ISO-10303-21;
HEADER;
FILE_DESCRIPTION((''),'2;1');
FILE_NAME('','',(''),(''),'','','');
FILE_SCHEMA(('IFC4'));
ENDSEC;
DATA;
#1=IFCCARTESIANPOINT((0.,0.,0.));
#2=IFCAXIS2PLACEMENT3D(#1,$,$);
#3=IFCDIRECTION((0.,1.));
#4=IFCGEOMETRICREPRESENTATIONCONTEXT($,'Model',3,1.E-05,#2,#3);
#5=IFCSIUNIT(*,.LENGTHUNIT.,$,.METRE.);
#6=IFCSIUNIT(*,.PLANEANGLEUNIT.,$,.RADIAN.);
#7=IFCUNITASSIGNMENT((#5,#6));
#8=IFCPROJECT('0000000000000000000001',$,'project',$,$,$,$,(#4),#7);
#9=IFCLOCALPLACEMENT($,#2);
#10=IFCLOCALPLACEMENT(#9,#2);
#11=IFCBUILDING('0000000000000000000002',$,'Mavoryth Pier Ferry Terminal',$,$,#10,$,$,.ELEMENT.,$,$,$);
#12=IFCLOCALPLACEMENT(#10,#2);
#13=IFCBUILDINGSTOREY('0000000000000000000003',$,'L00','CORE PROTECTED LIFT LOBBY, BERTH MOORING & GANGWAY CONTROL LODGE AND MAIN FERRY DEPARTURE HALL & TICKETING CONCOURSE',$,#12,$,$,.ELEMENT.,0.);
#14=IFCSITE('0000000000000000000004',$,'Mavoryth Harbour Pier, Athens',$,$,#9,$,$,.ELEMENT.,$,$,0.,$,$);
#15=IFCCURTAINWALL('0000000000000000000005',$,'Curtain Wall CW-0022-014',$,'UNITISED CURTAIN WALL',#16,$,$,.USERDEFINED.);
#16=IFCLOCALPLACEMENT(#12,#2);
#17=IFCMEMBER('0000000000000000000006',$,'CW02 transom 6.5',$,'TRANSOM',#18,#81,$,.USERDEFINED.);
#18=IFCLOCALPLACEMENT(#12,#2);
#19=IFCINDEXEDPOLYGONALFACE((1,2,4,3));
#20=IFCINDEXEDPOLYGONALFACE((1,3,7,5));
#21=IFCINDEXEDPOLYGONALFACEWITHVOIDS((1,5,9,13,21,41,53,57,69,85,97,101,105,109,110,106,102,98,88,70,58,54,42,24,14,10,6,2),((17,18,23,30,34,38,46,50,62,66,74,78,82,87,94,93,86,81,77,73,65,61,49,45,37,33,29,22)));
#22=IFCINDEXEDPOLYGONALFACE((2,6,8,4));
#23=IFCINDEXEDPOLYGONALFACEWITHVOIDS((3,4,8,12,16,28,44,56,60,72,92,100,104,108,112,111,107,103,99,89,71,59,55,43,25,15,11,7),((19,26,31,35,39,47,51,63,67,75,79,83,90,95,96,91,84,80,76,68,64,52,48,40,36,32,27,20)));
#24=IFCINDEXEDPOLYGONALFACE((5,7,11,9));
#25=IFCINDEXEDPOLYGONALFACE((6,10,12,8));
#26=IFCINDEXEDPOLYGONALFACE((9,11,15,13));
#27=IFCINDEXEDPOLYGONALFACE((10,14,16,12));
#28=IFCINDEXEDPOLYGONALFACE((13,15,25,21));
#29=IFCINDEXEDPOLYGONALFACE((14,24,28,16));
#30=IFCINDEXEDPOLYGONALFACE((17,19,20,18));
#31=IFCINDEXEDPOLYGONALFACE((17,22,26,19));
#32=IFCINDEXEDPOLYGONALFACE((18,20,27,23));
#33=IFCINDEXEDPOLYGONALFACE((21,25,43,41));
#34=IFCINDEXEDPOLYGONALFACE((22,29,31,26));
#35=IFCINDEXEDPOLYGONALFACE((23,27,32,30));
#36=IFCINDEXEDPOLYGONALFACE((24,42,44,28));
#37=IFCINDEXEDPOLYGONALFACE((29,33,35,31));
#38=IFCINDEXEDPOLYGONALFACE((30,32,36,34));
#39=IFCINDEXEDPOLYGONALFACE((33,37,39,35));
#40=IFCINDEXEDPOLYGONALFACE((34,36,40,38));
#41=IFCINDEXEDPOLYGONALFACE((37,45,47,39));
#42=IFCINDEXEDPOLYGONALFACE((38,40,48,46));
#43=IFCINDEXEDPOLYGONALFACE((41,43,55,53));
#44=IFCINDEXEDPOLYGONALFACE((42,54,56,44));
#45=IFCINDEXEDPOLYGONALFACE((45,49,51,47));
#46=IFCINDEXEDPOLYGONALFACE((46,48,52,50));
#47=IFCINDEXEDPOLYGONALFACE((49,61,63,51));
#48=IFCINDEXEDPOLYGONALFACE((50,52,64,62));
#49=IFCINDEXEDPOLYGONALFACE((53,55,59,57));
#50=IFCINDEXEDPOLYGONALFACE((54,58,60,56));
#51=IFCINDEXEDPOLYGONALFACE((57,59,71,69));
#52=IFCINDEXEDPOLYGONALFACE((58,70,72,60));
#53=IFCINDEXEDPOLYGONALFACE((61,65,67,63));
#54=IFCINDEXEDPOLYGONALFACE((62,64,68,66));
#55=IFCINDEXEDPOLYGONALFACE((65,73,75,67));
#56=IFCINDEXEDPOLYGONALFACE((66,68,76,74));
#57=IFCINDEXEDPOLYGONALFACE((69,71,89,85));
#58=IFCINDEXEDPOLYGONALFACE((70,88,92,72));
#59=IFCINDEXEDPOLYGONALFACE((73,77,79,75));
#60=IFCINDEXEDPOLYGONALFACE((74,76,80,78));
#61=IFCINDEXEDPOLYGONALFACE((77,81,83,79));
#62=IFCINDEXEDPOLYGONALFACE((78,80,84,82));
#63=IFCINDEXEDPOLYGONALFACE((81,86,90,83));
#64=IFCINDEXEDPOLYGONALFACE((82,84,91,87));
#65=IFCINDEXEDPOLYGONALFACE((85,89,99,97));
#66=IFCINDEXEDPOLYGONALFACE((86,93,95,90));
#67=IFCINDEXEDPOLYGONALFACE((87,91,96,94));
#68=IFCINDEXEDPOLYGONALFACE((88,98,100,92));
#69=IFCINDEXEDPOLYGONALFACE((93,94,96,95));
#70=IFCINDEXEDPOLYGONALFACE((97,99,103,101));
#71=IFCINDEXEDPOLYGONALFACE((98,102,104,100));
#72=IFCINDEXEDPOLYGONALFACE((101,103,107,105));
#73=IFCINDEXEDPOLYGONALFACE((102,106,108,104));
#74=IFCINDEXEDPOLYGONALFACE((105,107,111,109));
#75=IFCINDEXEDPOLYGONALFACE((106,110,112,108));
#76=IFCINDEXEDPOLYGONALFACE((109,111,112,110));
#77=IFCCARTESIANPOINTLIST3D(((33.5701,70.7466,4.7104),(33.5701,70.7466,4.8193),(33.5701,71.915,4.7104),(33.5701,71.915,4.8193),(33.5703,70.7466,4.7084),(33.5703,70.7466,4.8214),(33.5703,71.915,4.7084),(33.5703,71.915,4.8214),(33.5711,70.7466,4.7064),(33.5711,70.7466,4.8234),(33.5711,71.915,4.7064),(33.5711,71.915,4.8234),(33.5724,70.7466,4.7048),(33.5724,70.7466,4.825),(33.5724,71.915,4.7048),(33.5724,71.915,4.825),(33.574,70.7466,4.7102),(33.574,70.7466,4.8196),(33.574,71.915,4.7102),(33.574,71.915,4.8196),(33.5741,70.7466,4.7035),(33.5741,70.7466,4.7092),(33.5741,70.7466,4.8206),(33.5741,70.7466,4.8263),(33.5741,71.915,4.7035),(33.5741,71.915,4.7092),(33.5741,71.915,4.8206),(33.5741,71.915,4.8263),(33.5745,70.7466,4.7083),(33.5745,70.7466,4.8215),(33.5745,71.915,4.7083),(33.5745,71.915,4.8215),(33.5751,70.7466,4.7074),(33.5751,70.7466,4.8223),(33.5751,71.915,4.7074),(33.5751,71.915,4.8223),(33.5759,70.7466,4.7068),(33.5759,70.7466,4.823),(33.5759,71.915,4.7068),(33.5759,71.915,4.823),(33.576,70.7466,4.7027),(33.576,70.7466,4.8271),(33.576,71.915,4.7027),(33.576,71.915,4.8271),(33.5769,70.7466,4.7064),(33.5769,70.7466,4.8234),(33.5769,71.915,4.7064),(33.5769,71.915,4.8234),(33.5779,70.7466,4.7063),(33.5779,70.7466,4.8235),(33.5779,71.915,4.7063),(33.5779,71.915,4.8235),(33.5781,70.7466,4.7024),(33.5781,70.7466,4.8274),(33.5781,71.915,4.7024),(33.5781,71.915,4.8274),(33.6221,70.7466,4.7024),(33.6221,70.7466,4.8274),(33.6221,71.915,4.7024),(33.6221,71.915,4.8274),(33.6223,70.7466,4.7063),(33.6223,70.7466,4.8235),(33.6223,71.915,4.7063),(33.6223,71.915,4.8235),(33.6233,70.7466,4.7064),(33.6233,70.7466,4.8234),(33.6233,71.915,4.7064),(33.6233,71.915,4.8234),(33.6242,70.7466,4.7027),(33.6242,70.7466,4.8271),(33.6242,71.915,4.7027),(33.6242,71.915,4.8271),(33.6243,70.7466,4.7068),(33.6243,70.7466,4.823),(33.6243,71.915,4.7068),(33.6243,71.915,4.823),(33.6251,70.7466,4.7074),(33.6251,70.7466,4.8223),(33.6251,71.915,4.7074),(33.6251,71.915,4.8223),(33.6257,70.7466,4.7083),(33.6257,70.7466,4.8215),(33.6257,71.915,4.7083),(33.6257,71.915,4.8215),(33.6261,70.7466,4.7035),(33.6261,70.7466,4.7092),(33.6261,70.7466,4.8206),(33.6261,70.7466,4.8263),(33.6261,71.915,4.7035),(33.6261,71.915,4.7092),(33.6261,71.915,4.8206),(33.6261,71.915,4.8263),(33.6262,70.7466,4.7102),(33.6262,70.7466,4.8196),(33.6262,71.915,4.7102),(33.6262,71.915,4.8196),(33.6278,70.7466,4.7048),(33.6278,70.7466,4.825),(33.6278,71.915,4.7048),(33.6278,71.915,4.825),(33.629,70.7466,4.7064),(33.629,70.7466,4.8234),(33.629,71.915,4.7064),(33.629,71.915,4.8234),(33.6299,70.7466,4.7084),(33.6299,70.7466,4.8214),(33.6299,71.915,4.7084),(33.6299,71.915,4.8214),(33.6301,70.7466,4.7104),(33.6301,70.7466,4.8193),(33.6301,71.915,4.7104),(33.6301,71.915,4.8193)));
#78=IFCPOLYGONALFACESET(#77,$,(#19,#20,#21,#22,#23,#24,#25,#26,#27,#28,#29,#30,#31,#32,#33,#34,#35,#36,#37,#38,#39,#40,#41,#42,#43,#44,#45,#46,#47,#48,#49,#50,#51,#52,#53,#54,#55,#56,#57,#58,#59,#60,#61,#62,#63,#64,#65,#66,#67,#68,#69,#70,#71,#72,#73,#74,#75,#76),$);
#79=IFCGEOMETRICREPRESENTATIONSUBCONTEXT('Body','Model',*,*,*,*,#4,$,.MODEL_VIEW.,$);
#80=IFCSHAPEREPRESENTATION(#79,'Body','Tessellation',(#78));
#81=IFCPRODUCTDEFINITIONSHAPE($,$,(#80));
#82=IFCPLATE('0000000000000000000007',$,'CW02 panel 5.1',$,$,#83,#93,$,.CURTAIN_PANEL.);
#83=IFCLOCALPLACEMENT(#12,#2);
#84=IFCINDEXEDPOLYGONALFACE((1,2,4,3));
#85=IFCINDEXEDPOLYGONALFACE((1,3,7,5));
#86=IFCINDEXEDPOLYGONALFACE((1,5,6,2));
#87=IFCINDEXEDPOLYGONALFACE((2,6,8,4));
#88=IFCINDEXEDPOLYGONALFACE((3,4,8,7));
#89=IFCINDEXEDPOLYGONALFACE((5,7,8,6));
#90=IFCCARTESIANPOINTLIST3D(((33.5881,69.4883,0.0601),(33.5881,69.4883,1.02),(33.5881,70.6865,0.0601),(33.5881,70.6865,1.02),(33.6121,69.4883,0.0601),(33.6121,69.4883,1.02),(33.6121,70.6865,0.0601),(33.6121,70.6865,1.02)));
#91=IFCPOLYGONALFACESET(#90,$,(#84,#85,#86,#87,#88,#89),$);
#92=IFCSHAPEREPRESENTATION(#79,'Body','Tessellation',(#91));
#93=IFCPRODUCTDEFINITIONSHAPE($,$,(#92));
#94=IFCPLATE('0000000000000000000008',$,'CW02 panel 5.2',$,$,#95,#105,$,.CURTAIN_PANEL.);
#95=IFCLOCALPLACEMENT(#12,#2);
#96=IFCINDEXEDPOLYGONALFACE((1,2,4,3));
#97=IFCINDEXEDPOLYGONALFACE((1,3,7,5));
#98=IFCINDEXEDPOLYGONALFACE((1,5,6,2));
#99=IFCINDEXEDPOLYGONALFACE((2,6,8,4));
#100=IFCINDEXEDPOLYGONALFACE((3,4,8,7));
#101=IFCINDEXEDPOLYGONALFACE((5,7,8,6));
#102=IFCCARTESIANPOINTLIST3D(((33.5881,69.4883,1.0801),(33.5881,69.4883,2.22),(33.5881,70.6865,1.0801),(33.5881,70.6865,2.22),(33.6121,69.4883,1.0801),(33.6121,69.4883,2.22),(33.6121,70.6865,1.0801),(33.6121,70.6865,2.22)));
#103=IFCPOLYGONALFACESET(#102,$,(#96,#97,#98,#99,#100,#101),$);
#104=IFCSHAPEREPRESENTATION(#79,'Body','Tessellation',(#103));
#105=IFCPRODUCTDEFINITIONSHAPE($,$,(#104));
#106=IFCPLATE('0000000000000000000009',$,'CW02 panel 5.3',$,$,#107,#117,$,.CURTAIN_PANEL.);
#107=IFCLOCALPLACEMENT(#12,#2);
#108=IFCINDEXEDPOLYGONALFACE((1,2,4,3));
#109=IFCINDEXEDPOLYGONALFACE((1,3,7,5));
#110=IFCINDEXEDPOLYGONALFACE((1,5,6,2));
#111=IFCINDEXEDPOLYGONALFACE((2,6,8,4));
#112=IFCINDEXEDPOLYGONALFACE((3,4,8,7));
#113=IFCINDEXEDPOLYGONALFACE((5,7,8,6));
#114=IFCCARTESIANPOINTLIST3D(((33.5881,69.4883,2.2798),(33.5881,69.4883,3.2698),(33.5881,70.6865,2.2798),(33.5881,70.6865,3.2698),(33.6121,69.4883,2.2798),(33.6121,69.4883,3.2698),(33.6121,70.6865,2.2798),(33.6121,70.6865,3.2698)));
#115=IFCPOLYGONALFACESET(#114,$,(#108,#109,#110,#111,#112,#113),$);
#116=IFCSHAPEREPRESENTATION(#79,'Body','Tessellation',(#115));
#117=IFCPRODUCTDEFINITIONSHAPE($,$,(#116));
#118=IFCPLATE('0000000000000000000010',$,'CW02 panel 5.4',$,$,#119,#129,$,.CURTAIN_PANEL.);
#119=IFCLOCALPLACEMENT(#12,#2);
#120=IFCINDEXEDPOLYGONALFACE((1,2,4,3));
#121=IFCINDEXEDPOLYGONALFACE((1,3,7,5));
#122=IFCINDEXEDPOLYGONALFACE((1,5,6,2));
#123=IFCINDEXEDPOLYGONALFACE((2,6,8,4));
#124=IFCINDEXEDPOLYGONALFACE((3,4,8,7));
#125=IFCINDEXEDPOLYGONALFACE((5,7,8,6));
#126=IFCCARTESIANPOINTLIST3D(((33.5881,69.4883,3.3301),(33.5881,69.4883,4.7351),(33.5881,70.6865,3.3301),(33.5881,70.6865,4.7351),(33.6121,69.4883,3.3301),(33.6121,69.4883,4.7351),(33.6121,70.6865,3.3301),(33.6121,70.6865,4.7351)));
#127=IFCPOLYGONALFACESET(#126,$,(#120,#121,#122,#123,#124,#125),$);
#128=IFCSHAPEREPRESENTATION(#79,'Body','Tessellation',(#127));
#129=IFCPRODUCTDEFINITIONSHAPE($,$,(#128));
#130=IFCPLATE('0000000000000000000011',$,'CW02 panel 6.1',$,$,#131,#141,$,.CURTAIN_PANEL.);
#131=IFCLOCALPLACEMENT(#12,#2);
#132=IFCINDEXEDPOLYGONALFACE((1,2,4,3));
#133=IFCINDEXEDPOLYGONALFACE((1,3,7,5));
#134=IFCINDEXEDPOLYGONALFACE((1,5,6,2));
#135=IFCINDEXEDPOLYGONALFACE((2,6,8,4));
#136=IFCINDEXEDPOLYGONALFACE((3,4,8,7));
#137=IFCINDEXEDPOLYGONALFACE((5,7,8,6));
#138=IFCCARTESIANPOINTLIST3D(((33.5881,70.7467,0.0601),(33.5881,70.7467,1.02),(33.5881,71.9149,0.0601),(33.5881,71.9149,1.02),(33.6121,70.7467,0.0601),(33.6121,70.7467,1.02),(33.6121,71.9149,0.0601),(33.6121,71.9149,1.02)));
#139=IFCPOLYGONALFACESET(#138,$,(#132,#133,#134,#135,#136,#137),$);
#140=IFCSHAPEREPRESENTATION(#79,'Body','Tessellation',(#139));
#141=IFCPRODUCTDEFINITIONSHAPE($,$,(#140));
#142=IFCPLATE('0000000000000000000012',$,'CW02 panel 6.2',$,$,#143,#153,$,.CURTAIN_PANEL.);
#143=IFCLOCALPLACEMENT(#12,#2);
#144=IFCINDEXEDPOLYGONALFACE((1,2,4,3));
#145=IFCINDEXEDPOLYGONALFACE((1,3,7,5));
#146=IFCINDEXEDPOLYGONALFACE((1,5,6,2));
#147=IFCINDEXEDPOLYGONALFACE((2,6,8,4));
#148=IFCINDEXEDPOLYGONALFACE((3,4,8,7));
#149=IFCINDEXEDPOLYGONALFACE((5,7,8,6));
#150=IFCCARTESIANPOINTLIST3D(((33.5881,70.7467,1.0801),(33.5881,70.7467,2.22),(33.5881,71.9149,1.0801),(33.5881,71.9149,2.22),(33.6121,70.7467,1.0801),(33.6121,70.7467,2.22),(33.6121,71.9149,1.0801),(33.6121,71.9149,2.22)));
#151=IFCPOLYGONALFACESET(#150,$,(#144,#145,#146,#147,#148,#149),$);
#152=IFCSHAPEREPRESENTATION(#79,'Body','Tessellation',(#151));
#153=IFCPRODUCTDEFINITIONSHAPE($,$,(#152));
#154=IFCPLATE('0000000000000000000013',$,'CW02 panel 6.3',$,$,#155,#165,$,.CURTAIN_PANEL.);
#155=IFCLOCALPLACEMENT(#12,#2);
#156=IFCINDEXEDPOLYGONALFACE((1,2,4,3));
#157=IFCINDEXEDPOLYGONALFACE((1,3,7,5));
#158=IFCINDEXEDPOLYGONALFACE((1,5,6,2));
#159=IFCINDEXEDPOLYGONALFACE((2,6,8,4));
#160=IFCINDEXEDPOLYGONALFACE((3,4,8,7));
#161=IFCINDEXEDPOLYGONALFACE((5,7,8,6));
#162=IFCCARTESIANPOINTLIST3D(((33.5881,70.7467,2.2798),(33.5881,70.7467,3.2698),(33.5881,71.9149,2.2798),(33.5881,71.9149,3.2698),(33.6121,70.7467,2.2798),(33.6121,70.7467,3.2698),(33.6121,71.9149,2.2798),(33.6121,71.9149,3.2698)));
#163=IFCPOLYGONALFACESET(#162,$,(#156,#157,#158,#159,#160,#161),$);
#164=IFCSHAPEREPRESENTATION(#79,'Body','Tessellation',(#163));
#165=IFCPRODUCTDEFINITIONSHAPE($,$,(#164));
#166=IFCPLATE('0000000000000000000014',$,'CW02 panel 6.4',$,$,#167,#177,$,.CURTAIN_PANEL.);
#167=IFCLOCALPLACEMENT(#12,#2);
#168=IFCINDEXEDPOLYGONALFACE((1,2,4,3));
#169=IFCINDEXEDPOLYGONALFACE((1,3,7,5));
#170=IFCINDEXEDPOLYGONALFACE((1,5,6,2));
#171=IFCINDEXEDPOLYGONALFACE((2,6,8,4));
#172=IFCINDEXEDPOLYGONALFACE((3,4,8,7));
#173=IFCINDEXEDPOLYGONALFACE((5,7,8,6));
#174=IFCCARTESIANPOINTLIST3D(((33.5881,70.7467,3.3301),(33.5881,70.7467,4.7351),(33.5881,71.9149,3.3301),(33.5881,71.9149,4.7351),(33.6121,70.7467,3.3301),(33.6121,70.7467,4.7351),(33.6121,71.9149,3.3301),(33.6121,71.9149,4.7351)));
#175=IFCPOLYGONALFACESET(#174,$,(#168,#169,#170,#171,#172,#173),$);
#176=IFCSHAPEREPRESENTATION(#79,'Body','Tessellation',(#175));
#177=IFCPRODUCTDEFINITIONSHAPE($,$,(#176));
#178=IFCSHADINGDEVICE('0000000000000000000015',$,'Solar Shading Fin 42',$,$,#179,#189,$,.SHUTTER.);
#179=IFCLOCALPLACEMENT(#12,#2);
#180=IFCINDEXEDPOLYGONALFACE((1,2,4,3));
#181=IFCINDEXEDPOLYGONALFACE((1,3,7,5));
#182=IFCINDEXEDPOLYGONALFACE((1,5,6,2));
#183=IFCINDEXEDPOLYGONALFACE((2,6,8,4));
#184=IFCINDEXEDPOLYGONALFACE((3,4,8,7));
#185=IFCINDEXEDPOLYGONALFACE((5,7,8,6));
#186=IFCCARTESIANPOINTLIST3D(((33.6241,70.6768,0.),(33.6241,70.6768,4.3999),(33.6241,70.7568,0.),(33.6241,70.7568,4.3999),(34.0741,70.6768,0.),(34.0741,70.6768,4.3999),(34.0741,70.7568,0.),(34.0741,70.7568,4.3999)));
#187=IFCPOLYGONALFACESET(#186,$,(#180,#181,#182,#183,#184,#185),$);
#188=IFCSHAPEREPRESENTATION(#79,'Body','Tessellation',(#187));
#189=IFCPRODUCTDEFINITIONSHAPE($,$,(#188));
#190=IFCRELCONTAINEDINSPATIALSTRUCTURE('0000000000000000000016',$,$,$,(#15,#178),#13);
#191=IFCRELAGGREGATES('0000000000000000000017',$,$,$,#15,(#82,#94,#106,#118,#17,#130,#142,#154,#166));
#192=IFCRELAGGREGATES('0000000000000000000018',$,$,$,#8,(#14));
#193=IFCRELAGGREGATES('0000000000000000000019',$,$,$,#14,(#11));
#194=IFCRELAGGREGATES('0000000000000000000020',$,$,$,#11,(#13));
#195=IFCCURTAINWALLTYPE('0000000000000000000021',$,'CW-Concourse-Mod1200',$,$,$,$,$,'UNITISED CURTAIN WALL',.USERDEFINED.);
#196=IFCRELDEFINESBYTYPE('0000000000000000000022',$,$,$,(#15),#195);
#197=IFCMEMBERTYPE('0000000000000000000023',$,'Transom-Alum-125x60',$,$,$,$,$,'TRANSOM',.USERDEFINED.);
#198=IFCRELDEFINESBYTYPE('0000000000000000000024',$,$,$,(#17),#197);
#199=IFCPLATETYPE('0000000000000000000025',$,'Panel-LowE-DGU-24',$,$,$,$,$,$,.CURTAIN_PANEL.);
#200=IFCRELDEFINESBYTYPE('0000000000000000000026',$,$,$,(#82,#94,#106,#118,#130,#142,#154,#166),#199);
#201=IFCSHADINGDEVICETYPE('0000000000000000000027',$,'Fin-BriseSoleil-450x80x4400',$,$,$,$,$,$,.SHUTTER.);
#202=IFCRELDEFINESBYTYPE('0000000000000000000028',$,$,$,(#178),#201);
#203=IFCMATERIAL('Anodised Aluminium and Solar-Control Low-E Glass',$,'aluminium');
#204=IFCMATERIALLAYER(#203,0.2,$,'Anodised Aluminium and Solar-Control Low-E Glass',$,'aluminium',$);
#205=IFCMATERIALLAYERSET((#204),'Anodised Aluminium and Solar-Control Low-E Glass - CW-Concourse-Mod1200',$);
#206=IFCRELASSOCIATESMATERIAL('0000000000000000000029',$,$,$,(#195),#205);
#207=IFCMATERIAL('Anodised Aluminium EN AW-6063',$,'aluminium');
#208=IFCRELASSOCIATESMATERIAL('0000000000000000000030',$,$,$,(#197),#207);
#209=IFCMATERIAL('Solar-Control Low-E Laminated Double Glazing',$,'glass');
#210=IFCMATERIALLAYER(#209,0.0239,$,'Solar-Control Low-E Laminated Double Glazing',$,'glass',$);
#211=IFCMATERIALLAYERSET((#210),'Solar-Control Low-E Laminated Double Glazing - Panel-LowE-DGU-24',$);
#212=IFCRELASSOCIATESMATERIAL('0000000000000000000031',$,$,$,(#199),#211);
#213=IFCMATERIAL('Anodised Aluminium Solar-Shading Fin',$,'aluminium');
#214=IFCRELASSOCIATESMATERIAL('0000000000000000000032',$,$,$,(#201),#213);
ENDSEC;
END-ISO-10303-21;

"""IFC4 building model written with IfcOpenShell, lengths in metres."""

from ifc_helpers import new_model, si_unit, direction, frame, origin, origin_2d, place, context, subcontext, project, spatial, rectangle, hollow_rectangle, extrude, material, layer, layer_set, material_profile, profile_set, type_object, element, aggregate, save


model = new_model("IFC4")

# Units and contexts
model_context = context("Model", 3, precision=1e-05, world=origin(), true_north=direction((0.0, 1.0)))
body_context = subcontext(model_context, "Body", "Model", "MODEL_VIEW")
ifc_project = project(units=[si_unit("LENGTHUNIT", "METRE"), si_unit("PLANEANGLEUNIT", "RADIAN")], contexts=[model_context])

# Site, building, storey
site_placement = place(None, origin())
site = spatial("IfcSite", under=ifc_project, at=site_placement, Name="Mavoryth Harbour Pier, Athens", CompositionType="ELEMENT", RefElevation=0.0)
building_placement = place(site_placement, origin())
building = spatial("IfcBuilding", under=site, at=building_placement, Name="Mavoryth Pier Ferry Terminal", CompositionType="ELEMENT")
storey_placement = place(building_placement, origin())
storey = spatial("IfcBuildingStorey", under=building, at=storey_placement, Name="L00", Description="CORE PROTECTED LIFT LOBBY, BERTH MOORING & GANGWAY CONTROL LODGE AND MAIN FERRY DEPARTURE HALL & TICKETING CONCOURSE", CompositionType="ELEMENT", Elevation=0.0)

# Curtain wall
ifc_material_1 = material(Name="Anodised Aluminium and Solar-Control Low-E Glass", Category="aluminium")
ifc_layer_1 = layer(ifc_material_1, 0.2, Name="Anodised Aluminium and Solar-Control Low-E Glass", Category="aluminium")
ifc_layer_set_1 = layer_set([ifc_layer_1], Name="Anodised Aluminium and Solar-Control Low-E Glass - CW-Concourse-Mod1200")
curtain_wall_type = type_object("IfcCurtainWallType", Name="CW-Concourse-Mod1200", ElementType="UNITISED CURTAIN WALL", PredefinedType="USERDEFINED", material=ifc_layer_set_1)
curtain_wall_1_placement = place(storey_placement, origin())
curtain_wall_1 = element("IfcCurtainWall", 1, at=curtain_wall_1_placement, inside=storey, type_object=curtain_wall_type, Name="Curtain Wall CW-0022-014", ObjectType="UNITISED CURTAIN WALL", PredefinedType="USERDEFINED")
ifc_material_2 = material(Name="Anodised Aluminium EN AW-6063", Category="aluminium")

# Member
ifc_material_profile_1 = material_profile(ifc_material_2, hollow_rectangle(XDim=0.0601, YDim=0.125, WallThickness=0.0039, InnerFilletRadius=0.0039, OuterFilletRadius=0.0081, at=origin_2d()), Name="AL-TRAN 125x60x4", Category="aluminium")
ifc_profile_set_1 = profile_set([ifc_material_profile_1], Name="Anodised Aluminium EN AW-6063 - AL-TRAN 125x60x4")
member_type_1 = type_object("IfcMemberType", Name="Transom-Alum-125x60", ElementType="TRANSOM", PredefinedType="USERDEFINED", material=ifc_profile_set_1)
member_1_placement = place(storey_placement, frame((33.6001, 70.7466, 4.7649), z_axis=(0.0, 1.0, 0.0), x_axis=(-1.0, 0.0, 0.0)))
member_1 = element("IfcMember", 2, at=member_1_placement, type_object=member_type_1, Name="CW02 transom 6.5", ObjectType="TRANSOM", PredefinedType="USERDEFINED", context=body_context, shape_type="SweptSolid", body=[
    extrude(hollow_rectangle(XDim=0.0601, YDim=0.125, WallThickness=0.0039, InnerFilletRadius=0.0039, OuterFilletRadius=0.0081, at=origin_2d()), origin(), (0.0, 0.0, 1.0), 1.1685),
])

# Plates
ifc_material_3 = material(Name="Solar-Control Low-E Laminated Double Glazing", Category="glass")
ifc_layer_2 = layer(ifc_material_3, 0.0239, Name="Solar-Control Low-E Laminated Double Glazing", Category="glass")
ifc_layer_set_2 = layer_set([ifc_layer_2], Name="Solar-Control Low-E Laminated Double Glazing - Panel-LowE-DGU-24")
plate_type = type_object("IfcPlateType", Name="Panel-LowE-DGU-24", PredefinedType="CURTAIN_PANEL", material=ifc_layer_set_2)
plate_1_placement = place(storey_placement, frame((33.6001, 70.0874, 0.0601), z_axis=(0.0, 0.0, 1.0), x_axis=(0.0, 1.0, 0.0)))
plate_1 = element("IfcPlate", 3, at=plate_1_placement, type_object=plate_type, Name="CW02 panel 5.1", PredefinedType="CURTAIN_PANEL", context=body_context, shape_type="SweptSolid", body=[
    extrude(rectangle(XDim=1.1982, YDim=0.0239, at=origin_2d()), origin(), (0.0, 0.0, 1.0), 0.96),
])
plate_2_placement = place(storey_placement, frame((33.6001, 70.0874, 1.0801), z_axis=(0.0, 0.0, 1.0), x_axis=(0.0, 1.0, 0.0)))
plate_2 = element("IfcPlate", 4, at=plate_2_placement, type_object=plate_type, Name="CW02 panel 5.2", PredefinedType="CURTAIN_PANEL", context=body_context, shape_type="SweptSolid", body=[
    extrude(rectangle(XDim=1.1982, YDim=0.0239, at=origin_2d()), origin(), (0.0, 0.0, 1.0), 1.1399),
])
plate_3_placement = place(storey_placement, frame((33.6001, 70.0874, 2.2798), z_axis=(0.0, 0.0, 1.0), x_axis=(0.0, 1.0, 0.0)))
plate_3 = element("IfcPlate", 5, at=plate_3_placement, type_object=plate_type, Name="CW02 panel 5.3", PredefinedType="CURTAIN_PANEL", context=body_context, shape_type="SweptSolid", body=[
    extrude(rectangle(XDim=1.1982, YDim=0.0239, at=origin_2d()), origin(), (0.0, 0.0, 1.0), 0.99),
])
plate_4_placement = place(storey_placement, frame((33.6001, 70.0874, 3.3301), z_axis=(0.0, 0.0, 1.0), x_axis=(0.0, 1.0, 0.0)))
plate_4 = element("IfcPlate", 6, at=plate_4_placement, type_object=plate_type, Name="CW02 panel 5.4", PredefinedType="CURTAIN_PANEL", context=body_context, shape_type="SweptSolid", body=[
    extrude(rectangle(XDim=1.1982, YDim=0.0239, at=origin_2d()), origin(), (0.0, 0.0, 1.0), 1.405),
])
plate_5_placement = place(storey_placement, frame((33.6001, 71.3308, 0.0601), z_axis=(0.0, 0.0, 1.0), x_axis=(0.0, 1.0, 0.0)))
plate_5 = element("IfcPlate", 7, at=plate_5_placement, type_object=plate_type, Name="CW02 panel 6.1", PredefinedType="CURTAIN_PANEL", context=body_context, shape_type="SweptSolid", body=[
    extrude(rectangle(XDim=1.1682, YDim=0.0239, at=origin_2d()), origin(), (0.0, 0.0, 1.0), 0.96),
])
plate_6_placement = place(storey_placement, frame((33.6001, 71.3308, 1.0801), z_axis=(0.0, 0.0, 1.0), x_axis=(0.0, 1.0, 0.0)))
plate_6 = element("IfcPlate", 8, at=plate_6_placement, type_object=plate_type, Name="CW02 panel 6.2", PredefinedType="CURTAIN_PANEL", context=body_context, shape_type="SweptSolid", body=[
    extrude(rectangle(XDim=1.1682, YDim=0.0239, at=origin_2d()), origin(), (0.0, 0.0, 1.0), 1.1399),
])
plate_7_placement = place(storey_placement, frame((33.6001, 71.3308, 2.2798), z_axis=(0.0, 0.0, 1.0), x_axis=(0.0, 1.0, 0.0)))
plate_7 = element("IfcPlate", 9, at=plate_7_placement, type_object=plate_type, Name="CW02 panel 6.3", PredefinedType="CURTAIN_PANEL", context=body_context, shape_type="SweptSolid", body=[
    extrude(rectangle(XDim=1.1682, YDim=0.0239, at=origin_2d()), origin(), (0.0, 0.0, 1.0), 0.99),
])
plate_8_placement = place(storey_placement, frame((33.6001, 71.3308, 3.3301), z_axis=(0.0, 0.0, 1.0), x_axis=(0.0, 1.0, 0.0)))
plate_8 = element("IfcPlate", 10, at=plate_8_placement, type_object=plate_type, Name="CW02 panel 6.4", PredefinedType="CURTAIN_PANEL", context=body_context, shape_type="SweptSolid", body=[
    extrude(rectangle(XDim=1.1682, YDim=0.0239, at=origin_2d()), origin(), (0.0, 0.0, 1.0), 1.405),
])
aggregate(curtain_wall_1, [plate_1, plate_2, plate_3, plate_4, member_1, plate_5, plate_6, plate_7, plate_8])

# Shading device
ifc_material_4 = material(Name="Anodised Aluminium Solar-Shading Fin", Category="aluminium")
shading_device_type = type_object("IfcShadingDeviceType", Name="Fin-BriseSoleil-450x80x4400", PredefinedType="SHUTTER", material=ifc_material_4)
shading_device_placement = place(storey_placement, frame((33.8491, 70.7168, 0.0), z_axis=(0.0, 0.0, 1.0), x_axis=(0.0, 1.0, 0.0)))
element("IfcShadingDevice", 11, at=shading_device_placement, inside=storey, type_object=shading_device_type, Name="Solar Shading Fin 42", PredefinedType="SHUTTER", context=body_context, shape_type="SweptSolid", body=[
    extrude(rectangle(XDim=0.0801, YDim=0.45, at=origin_2d()), origin(), (0.0, 0.0, 1.0), 4.3999),
])

save(model, "model.ifc")
